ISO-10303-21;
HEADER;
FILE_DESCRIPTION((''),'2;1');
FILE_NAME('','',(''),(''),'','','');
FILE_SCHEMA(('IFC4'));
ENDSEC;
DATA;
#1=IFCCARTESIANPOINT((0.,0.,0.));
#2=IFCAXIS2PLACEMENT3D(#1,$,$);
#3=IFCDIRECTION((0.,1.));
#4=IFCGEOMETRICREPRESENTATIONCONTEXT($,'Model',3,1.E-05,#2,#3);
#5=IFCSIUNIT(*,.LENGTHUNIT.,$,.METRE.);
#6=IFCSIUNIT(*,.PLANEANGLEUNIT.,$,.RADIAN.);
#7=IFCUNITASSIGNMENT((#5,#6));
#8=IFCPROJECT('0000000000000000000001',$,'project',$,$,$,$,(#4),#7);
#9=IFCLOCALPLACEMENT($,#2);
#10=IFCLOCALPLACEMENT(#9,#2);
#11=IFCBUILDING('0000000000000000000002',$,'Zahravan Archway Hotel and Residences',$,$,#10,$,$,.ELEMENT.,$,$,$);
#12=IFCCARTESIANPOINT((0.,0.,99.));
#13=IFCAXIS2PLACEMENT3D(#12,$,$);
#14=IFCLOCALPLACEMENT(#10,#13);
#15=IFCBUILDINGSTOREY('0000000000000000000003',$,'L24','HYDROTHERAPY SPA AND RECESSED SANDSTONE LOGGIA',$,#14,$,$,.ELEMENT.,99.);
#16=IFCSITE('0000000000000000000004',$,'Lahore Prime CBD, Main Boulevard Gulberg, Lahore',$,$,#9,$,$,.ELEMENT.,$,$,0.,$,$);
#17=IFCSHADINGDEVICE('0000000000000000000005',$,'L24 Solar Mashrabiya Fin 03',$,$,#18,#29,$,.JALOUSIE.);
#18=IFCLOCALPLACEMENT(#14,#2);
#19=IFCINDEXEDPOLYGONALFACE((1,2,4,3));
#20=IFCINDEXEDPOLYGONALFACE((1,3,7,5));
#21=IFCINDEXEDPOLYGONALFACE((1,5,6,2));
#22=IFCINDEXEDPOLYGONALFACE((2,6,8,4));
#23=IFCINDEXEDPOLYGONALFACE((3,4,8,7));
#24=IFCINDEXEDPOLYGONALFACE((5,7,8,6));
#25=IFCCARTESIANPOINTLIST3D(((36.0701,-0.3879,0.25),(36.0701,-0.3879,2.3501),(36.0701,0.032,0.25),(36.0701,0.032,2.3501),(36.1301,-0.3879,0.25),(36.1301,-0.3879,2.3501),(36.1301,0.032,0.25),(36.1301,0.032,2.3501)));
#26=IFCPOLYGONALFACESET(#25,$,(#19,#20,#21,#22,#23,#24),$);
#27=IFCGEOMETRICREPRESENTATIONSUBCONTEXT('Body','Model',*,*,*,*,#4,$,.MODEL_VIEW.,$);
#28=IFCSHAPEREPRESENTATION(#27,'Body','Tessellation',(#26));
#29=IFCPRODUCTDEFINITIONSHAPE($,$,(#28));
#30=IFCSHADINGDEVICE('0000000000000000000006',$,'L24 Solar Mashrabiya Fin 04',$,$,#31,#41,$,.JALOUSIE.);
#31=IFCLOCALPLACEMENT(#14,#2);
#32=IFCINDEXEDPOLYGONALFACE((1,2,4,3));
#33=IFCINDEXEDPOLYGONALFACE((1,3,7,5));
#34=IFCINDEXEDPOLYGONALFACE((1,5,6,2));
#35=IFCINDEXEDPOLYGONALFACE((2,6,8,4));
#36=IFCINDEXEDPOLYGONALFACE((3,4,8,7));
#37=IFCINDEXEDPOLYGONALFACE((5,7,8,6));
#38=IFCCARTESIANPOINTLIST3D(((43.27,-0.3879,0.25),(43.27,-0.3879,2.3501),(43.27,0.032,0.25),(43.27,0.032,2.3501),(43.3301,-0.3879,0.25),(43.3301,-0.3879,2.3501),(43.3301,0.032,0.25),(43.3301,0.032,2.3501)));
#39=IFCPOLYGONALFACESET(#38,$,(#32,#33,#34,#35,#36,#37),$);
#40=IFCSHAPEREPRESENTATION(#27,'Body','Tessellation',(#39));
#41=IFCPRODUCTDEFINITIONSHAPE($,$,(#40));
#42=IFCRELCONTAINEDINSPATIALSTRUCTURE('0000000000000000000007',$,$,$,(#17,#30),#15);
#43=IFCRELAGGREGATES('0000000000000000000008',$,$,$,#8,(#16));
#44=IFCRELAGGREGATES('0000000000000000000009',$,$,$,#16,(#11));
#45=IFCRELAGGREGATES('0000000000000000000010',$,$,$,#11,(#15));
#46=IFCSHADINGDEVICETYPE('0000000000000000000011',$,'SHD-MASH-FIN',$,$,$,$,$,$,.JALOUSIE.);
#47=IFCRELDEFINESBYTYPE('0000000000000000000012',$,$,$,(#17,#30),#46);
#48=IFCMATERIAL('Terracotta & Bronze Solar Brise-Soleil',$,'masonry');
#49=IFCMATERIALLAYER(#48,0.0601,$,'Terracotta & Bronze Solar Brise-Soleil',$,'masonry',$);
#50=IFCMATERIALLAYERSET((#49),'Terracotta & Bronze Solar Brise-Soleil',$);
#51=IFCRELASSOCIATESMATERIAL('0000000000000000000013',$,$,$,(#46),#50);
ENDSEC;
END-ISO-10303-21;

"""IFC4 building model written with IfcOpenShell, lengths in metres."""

from ifc_helpers import new_model, si_unit, direction, frame, origin, origin_2d, place, context, subcontext, project, spatial, rectangle, extrude, source, transform, mapped, material, layer, layer_set, type_object, type_shapes, element, save


model = new_model("IFC4")

# Units and contexts
model_context = context("Model", 3, precision=1e-05, world=origin(), true_north=direction((0.0, 1.0)))
body_context = subcontext(model_context, "Body", "Model", "MODEL_VIEW")
ifc_project = project(units=[si_unit("LENGTHUNIT", "METRE"), si_unit("PLANEANGLEUNIT", "RADIAN")], contexts=[model_context])

# Site, building, storey
site_placement = place(None, origin())
site = spatial("IfcSite", under=ifc_project, at=site_placement, Name="Lahore Prime CBD, Main Boulevard Gulberg, Lahore", CompositionType="ELEMENT", RefElevation=0.0)
building_placement = place(site_placement, origin())
building = spatial("IfcBuilding", under=site, at=building_placement, Name="Zahravan Archway Hotel and Residences", CompositionType="ELEMENT")
storey_placement = place(building_placement, frame((0.0, 0.0, 99.0)))
storey = spatial("IfcBuildingStorey", under=building, at=storey_placement, Name="L24", Description="HYDROTHERAPY SPA AND RECESSED SANDSTONE LOGGIA", CompositionType="ELEMENT", Elevation=99.0)

# Shading devices
ifc_material_1 = material(Name="Terracotta & Bronze Solar Brise-Soleil", Category="masonry")
ifc_layer_1 = layer(ifc_material_1, 0.0601, Name="Terracotta & Bronze Solar Brise-Soleil", Category="masonry")
ifc_layer_set_1 = layer_set([ifc_layer_1], Name="Terracotta & Bronze Solar Brise-Soleil")
shading_device_type = type_object("IfcShadingDeviceType", Name="SHD-MASH-FIN", PredefinedType="JALOUSIE", material=ifc_layer_set_1)
shared_shape_1 = source(origin(), body_context, "Body", "SweptSolid", [
    extrude(rectangle(XDim=0.0601, YDim=0.4199, at=origin_2d()), origin(), (0.0, 0.0, 1.0), 2.1001),
])
type_shapes(shading_device_type, [shared_shape_1])
for number, where, z_axis, x_axis, name in (
    (1, (36.1001, -0.178, 0.25), (0.0, 0.0, 1.0), (1.0, 0.0, 0.0), "L24 Solar Mashrabiya Fin 03"),
    (2, (43.3, -0.178, 0.25), (0.0, 0.0, 1.0), (1.0, 0.0, 0.0), "L24 Solar Mashrabiya Fin 04"),
):
    element("IfcShadingDevice", number, at=place(storey_placement, frame(where, z_axis=z_axis, x_axis=x_axis)), inside=storey, type_object=shading_device_type, Name=name, PredefinedType="JALOUSIE", context=body_context, shape_type="MappedRepresentation", body=[
        mapped(shared_shape_1, transform((0.0, 0.0, 0.0), scale=1.0)),
    ])

save(model, "model.ifc")
